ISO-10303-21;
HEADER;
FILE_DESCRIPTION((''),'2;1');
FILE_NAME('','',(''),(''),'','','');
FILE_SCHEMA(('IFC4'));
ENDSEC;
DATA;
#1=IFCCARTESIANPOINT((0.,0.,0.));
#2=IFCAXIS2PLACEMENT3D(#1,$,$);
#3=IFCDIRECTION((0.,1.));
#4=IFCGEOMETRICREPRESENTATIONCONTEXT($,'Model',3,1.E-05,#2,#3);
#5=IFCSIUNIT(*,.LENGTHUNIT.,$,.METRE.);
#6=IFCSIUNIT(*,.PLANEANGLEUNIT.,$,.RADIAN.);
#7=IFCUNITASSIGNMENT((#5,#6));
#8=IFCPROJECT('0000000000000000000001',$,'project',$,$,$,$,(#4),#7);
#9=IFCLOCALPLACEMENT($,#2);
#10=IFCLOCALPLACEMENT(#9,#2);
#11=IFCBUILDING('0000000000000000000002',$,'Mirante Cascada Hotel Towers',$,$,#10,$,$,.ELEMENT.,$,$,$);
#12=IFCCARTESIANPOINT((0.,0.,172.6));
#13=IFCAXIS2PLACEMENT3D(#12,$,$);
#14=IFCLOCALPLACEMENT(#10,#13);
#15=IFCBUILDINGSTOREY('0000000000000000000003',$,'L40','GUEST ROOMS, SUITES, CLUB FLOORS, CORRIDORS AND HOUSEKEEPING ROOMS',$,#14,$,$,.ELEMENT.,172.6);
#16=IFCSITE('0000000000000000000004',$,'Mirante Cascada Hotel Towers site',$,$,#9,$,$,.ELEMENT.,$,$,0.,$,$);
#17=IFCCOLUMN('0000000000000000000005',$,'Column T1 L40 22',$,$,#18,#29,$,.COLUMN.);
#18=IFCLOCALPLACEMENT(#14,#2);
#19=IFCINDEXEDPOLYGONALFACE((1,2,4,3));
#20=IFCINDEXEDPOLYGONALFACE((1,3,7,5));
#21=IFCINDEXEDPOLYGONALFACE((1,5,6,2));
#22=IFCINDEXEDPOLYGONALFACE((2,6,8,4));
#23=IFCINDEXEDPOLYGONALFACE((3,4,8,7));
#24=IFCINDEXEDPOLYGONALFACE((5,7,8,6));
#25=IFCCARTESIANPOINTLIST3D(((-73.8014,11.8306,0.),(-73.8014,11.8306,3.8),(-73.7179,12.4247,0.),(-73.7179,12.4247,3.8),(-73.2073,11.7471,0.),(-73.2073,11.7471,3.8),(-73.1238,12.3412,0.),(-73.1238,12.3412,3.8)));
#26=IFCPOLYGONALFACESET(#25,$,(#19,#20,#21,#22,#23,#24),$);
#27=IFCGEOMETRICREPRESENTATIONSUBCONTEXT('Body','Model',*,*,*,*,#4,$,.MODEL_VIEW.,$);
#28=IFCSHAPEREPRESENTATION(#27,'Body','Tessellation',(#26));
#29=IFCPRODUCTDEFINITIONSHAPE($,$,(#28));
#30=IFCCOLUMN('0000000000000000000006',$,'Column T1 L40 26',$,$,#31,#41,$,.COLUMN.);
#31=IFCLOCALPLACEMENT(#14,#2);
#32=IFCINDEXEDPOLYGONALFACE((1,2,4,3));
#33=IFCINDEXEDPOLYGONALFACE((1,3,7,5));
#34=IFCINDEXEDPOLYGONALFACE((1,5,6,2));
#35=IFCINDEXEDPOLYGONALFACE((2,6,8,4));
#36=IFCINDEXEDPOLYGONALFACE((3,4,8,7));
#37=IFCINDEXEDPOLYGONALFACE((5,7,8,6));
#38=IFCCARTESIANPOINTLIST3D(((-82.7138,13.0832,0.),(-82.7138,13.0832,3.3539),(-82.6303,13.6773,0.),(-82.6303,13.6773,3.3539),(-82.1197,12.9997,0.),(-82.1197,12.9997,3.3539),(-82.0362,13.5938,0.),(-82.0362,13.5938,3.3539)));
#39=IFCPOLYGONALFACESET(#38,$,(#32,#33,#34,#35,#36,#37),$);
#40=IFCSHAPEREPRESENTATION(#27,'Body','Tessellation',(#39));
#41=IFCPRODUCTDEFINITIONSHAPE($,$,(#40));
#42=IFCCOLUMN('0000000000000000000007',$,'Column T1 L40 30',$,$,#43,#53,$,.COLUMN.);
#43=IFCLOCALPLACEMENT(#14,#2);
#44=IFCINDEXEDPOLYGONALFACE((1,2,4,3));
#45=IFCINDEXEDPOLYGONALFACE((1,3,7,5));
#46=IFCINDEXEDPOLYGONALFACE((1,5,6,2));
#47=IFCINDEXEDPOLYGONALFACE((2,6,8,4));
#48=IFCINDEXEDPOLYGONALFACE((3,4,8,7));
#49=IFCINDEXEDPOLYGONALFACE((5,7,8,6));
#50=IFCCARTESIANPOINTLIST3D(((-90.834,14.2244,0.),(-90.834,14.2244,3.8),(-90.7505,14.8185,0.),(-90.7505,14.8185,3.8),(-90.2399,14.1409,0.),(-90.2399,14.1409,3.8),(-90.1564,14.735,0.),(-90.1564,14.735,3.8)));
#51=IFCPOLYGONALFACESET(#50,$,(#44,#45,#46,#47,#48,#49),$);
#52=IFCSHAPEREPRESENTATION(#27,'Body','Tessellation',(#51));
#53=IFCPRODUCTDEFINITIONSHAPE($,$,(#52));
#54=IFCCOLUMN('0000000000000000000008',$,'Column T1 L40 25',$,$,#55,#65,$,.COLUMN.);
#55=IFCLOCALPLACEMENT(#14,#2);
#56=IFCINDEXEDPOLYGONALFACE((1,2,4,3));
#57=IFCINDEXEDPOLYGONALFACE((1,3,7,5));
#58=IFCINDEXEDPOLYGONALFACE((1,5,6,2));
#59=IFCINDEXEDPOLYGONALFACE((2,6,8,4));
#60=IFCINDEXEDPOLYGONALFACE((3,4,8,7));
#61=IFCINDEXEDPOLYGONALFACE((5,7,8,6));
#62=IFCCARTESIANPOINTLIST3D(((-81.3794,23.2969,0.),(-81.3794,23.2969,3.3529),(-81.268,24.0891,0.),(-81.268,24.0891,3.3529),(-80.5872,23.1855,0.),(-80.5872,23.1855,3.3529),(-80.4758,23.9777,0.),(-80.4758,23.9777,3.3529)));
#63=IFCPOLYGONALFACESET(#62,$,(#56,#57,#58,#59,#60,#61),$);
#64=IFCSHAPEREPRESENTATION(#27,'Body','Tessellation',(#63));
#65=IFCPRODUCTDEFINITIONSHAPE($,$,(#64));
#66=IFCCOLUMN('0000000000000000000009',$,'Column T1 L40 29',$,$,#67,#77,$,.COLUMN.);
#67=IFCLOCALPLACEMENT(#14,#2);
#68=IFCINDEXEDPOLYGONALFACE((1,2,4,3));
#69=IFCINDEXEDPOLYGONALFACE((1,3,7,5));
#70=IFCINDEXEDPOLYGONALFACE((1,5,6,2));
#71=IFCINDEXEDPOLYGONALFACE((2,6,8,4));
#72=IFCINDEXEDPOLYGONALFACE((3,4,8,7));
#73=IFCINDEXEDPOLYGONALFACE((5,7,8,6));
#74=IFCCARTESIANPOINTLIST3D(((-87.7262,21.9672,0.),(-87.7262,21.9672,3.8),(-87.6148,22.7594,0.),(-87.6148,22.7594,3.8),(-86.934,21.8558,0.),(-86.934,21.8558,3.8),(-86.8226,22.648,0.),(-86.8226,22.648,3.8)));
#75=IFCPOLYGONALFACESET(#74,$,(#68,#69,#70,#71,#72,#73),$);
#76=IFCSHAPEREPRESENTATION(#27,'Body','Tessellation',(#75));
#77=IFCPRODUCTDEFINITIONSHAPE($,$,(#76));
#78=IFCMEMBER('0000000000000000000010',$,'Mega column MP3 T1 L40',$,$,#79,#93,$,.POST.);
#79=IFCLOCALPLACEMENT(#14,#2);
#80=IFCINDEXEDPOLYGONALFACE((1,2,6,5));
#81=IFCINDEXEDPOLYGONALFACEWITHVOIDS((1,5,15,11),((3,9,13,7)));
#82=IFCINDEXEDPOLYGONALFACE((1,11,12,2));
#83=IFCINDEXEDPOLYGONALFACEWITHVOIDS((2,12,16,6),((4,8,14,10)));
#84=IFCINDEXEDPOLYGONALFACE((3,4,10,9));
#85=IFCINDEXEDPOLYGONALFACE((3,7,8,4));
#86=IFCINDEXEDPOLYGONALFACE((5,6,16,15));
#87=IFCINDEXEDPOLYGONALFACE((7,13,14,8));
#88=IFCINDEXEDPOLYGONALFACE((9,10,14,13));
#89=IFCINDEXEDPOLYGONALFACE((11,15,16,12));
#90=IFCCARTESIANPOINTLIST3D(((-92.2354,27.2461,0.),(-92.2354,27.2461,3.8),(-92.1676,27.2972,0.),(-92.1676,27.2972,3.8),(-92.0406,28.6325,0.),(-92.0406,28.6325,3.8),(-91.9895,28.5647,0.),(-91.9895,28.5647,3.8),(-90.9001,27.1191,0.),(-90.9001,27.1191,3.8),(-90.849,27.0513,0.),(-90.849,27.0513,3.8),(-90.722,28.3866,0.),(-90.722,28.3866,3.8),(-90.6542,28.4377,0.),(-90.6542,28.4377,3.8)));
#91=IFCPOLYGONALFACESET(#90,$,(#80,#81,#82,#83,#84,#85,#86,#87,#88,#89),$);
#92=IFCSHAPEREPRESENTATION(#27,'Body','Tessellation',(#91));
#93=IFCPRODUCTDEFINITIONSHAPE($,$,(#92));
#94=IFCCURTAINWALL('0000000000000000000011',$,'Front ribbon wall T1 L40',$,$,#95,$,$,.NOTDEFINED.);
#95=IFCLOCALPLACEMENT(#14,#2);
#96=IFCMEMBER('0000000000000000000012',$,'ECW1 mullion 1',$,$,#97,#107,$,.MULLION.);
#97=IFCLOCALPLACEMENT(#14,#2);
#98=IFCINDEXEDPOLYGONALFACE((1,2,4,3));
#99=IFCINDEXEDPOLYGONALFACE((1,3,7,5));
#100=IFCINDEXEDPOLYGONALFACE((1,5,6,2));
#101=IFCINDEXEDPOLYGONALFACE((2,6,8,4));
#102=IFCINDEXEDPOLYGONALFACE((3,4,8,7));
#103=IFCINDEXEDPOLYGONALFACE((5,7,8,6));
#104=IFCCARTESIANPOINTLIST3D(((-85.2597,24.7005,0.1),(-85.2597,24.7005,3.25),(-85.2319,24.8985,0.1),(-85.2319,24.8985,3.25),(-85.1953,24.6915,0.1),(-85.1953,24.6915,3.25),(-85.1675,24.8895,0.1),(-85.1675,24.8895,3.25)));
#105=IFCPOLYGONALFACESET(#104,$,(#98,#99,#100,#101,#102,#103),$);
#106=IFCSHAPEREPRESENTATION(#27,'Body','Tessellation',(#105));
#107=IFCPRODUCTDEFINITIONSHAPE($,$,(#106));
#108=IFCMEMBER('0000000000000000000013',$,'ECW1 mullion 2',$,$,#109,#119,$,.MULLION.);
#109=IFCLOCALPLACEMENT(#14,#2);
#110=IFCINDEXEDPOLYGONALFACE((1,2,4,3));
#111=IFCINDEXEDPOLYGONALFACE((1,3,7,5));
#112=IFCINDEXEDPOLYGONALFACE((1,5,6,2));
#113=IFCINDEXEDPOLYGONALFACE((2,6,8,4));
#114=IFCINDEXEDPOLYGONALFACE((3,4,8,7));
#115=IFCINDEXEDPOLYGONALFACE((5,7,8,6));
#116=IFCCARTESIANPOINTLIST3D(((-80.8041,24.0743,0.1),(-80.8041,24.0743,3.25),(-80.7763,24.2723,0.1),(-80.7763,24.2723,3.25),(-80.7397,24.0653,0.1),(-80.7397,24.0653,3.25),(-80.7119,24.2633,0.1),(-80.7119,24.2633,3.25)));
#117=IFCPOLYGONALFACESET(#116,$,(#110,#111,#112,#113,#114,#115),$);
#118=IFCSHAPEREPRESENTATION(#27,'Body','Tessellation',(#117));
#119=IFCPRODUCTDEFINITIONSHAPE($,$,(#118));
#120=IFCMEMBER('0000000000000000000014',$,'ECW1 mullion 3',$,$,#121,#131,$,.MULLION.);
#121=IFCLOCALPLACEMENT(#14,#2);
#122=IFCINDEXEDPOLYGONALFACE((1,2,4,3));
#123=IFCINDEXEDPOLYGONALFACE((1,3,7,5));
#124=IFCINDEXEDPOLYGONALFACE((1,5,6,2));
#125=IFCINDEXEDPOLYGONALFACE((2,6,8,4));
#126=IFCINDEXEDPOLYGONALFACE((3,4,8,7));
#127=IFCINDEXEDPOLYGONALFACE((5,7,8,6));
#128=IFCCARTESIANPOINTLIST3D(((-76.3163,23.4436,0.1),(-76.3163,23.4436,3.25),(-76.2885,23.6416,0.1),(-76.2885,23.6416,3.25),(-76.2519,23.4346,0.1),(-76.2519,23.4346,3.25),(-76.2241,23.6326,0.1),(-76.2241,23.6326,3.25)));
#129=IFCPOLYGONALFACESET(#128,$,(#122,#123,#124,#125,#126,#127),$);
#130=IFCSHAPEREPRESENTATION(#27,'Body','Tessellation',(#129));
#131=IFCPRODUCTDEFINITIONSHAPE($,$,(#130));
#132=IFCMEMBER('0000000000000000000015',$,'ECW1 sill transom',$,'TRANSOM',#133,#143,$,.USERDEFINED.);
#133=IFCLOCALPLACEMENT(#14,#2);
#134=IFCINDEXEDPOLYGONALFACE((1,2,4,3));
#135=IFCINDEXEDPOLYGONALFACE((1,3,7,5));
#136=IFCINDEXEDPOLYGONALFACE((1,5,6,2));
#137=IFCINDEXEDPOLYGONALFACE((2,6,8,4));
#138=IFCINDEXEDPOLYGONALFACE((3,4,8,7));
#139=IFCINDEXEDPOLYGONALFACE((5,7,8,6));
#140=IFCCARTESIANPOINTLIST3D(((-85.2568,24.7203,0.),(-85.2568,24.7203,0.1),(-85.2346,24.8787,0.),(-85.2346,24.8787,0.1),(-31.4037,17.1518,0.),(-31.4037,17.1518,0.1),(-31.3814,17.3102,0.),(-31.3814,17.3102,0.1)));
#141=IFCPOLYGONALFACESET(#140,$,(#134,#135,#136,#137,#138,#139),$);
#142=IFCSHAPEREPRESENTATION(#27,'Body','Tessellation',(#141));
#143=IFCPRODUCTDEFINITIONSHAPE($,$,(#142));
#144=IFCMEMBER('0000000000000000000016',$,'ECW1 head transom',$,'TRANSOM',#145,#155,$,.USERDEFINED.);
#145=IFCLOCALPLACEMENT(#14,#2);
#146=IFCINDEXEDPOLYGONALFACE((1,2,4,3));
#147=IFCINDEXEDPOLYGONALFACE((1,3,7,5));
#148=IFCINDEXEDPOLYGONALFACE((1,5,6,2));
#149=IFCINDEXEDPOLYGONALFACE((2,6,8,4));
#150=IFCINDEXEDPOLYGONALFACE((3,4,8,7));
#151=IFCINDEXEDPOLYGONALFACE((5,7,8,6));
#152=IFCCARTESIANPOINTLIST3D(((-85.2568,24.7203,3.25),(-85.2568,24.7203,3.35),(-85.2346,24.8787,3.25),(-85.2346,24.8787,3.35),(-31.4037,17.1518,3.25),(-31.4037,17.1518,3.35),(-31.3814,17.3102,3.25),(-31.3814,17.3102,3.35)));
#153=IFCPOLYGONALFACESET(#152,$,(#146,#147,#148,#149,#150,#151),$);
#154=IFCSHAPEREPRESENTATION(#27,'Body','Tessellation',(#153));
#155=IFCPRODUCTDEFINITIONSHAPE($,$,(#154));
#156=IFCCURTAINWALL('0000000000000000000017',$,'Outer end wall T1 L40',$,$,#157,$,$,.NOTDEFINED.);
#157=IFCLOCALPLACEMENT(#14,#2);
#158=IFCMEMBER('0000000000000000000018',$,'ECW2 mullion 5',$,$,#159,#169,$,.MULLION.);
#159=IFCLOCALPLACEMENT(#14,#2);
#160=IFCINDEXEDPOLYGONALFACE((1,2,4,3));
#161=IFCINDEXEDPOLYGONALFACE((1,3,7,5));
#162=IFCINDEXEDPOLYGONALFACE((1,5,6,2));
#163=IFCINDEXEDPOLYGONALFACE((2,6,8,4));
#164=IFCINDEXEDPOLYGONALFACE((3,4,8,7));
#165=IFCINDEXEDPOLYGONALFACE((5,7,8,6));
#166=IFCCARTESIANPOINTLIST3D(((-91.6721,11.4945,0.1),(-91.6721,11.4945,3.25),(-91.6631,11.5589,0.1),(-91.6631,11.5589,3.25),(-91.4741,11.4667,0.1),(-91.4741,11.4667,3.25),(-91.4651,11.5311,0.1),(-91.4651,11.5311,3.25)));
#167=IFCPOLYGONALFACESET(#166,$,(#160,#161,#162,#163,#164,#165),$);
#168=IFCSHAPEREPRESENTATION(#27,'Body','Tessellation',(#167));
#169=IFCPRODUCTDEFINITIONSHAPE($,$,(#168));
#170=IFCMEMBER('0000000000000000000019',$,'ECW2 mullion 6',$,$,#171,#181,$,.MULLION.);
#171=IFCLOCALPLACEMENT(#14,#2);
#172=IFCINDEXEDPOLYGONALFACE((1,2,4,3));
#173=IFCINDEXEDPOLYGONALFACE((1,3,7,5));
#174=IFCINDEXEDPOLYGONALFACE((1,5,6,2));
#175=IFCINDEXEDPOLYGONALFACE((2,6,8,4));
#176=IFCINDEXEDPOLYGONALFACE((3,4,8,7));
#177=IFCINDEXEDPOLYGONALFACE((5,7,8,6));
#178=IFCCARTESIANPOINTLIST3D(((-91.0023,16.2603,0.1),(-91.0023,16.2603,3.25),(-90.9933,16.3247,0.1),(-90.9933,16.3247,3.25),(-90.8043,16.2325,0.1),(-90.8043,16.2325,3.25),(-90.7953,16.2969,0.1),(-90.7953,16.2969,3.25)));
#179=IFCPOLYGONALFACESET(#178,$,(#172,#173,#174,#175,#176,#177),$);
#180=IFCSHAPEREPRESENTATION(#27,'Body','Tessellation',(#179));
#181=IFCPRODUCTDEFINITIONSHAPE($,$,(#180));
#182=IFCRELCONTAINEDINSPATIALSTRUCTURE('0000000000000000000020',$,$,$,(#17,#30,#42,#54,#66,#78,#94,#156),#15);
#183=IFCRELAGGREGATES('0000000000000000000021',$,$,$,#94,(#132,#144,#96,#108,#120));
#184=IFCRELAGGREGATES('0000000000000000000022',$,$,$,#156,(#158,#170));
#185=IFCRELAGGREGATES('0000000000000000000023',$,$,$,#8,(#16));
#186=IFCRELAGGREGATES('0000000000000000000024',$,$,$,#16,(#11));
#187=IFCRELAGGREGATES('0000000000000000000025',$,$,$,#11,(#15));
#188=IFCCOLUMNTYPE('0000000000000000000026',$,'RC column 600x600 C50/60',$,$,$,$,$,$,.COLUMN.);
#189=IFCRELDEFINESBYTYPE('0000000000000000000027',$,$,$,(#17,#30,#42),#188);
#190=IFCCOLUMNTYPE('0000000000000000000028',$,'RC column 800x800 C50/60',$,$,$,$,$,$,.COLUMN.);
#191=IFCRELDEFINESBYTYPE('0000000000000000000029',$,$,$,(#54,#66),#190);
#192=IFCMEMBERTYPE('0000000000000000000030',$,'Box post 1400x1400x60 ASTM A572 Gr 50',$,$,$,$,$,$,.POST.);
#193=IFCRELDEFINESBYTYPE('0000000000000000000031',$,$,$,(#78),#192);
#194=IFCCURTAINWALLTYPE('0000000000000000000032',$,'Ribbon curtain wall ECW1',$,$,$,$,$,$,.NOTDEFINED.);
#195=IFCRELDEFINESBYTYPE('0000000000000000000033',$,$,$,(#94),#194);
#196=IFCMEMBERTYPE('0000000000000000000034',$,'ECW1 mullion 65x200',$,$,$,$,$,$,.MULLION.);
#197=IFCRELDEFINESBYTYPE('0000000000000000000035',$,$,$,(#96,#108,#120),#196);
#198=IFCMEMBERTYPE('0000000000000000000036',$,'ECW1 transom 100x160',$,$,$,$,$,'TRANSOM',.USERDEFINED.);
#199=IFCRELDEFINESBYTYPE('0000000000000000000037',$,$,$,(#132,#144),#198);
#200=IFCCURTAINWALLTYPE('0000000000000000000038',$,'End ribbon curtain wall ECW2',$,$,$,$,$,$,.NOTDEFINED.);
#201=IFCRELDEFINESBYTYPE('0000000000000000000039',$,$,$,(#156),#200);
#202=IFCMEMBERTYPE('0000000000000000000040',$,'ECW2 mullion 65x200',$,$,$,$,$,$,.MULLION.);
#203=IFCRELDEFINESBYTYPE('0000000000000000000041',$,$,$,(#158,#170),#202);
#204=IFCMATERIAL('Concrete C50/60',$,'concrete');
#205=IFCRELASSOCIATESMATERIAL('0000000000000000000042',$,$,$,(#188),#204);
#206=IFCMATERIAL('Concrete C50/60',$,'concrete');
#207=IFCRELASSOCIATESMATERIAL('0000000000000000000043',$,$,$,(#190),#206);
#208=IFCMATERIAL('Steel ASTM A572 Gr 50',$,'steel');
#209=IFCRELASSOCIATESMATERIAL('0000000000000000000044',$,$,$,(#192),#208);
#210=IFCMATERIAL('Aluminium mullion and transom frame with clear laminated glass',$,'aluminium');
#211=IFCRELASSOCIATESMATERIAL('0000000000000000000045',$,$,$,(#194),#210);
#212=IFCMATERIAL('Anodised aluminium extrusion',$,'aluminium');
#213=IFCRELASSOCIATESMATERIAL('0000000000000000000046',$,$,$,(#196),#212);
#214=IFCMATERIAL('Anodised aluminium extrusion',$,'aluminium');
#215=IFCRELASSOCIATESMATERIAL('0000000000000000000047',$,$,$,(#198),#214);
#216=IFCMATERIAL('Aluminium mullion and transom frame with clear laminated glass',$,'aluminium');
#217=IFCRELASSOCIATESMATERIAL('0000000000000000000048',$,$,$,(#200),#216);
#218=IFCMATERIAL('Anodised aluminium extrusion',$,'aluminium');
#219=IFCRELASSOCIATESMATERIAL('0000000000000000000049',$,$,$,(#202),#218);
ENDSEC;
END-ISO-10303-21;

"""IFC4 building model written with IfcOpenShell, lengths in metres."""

from ifc_helpers import new_model, si_unit, direction, frame, origin, origin_2d, place, context, subcontext, project, spatial, rectangle, hollow_rectangle, extrude, material, material_profile, profile_set, type_object, element, aggregate, save


model = new_model("IFC4")

# Units and contexts
model_context = context("Model", 3, precision=1e-05, world=origin(), true_north=direction((0.0, 1.0)))
body_context = subcontext(model_context, "Body", "Model", "MODEL_VIEW")
ifc_project = project(units=[si_unit("LENGTHUNIT", "METRE"), si_unit("PLANEANGLEUNIT", "RADIAN")], contexts=[model_context])

# Site, building, storey
site_placement = place(None, origin())
site = spatial("IfcSite", under=ifc_project, at=site_placement, Name="Mirante Cascada Hotel Towers site", CompositionType="ELEMENT", RefElevation=0.0)
building_placement = place(site_placement, origin())
building = spatial("IfcBuilding", under=site, at=building_placement, Name="Mirante Cascada Hotel Towers", CompositionType="ELEMENT")
storey_placement = place(building_placement, frame((0.0, 0.0, 172.6)))
storey = spatial("IfcBuildingStorey", under=building, at=storey_placement, Name="L40", Description="GUEST ROOMS, SUITES, CLUB FLOORS, CORRIDORS AND HOUSEKEEPING ROOMS", CompositionType="ELEMENT", Elevation=172.6)

# Columns
ifc_material_1 = material(Name="Concrete C50/60", Category="concrete")
ifc_material_profile_1 = material_profile(ifc_material_1, rectangle(XDim=0.6, YDim=0.6, at=origin_2d()), Name="RC column 600x600 C50/60")
ifc_profile_set_1 = profile_set([ifc_material_profile_1], Name="Concrete C50/60")
column_type_1 = type_object("IfcColumnType", Name="RC column 600x600 C50/60", PredefinedType="COLUMN", material=ifc_profile_set_1)
column_1_placement = place(storey_placement, frame((-73.4626, 12.0859, 0.0), z_axis=(0.0, 0.0, 1.0), x_axis=(-0.990268, 0.139173, 0.0)))
element("IfcColumn", 1, at=column_1_placement, inside=storey, type_object=column_type_1, Name="Column T1 L40 22", PredefinedType="COLUMN", context=body_context, shape_type="SweptSolid", body=[
    extrude(rectangle(XDim=0.6, YDim=0.6, at=origin_2d()), origin(), (0.0, 0.0, 1.0), 3.8),
])
column_2_placement = place(storey_placement, frame((-82.375, 13.3385, 0.0), z_axis=(0.0, 0.0, 1.0), x_axis=(-0.990268, 0.139173, 0.0)))
element("IfcColumn", 2, at=column_2_placement, inside=storey, type_object=column_type_1, Name="Column T1 L40 26", PredefinedType="COLUMN", context=body_context, shape_type="SweptSolid", body=[
    extrude(rectangle(XDim=0.6, YDim=0.6, at=origin_2d()), origin(), (0.0, 0.0, 1.0), 3.3539),
])
column_3_placement = place(storey_placement, frame((-90.4952, 14.4797, 0.0), z_axis=(0.0, 0.0, 1.0), x_axis=(-0.990268, 0.139173, 0.0)))
element("IfcColumn", 3, at=column_3_placement, inside=storey, type_object=column_type_1, Name="Column T1 L40 30", PredefinedType="COLUMN", context=body_context, shape_type="SweptSolid", body=[
    extrude(rectangle(XDim=0.6, YDim=0.6, at=origin_2d()), origin(), (0.0, 0.0, 1.0), 3.8),
])
ifc_material_2 = material(Name="Concrete C50/60", Category="concrete")
ifc_material_profile_2 = material_profile(ifc_material_2, rectangle(XDim=0.8, YDim=0.8, at=origin_2d()), Name="RC column 800x800 C50/60")
ifc_profile_set_2 = profile_set([ifc_material_profile_2], Name="Concrete C50/60")
column_type_2 = type_object("IfcColumnType", Name="RC column 800x800 C50/60", PredefinedType="COLUMN", material=ifc_profile_set_2)
column_4_placement = place(storey_placement, frame((-80.9276, 23.6373, 0.0), z_axis=(0.0, 0.0, 1.0), x_axis=(-0.990268, 0.139173, 0.0)))
element("IfcColumn", 4, at=column_4_placement, inside=storey, type_object=column_type_2, Name="Column T1 L40 25", PredefinedType="COLUMN", context=body_context, shape_type="SweptSolid", body=[
    extrude(rectangle(XDim=0.8, YDim=0.8, at=origin_2d()), origin(), (0.0, 0.0, 1.0), 3.3529),
])
column_5_placement = place(storey_placement, frame((-87.2744, 22.3076, 0.0), z_axis=(0.0, 0.0, 1.0), x_axis=(-0.990268, 0.139173, 0.0)))
element("IfcColumn", 5, at=column_5_placement, inside=storey, type_object=column_type_2, Name="Column T1 L40 29", PredefinedType="COLUMN", context=body_context, shape_type="SweptSolid", body=[
    extrude(rectangle(XDim=0.8, YDim=0.8, at=origin_2d()), origin(), (0.0, 0.0, 1.0), 3.8),
])

# Member
ifc_material_3 = material(Name="Steel ASTM A572 Gr 50", Category="steel")
ifc_material_profile_3 = material_profile(ifc_material_3, hollow_rectangle(XDim=1.4, YDim=1.4, WallThickness=0.06, at=origin_2d()), Name="Box post 1400x1400x60 ASTM A572 Gr 50")
ifc_profile_set_3 = profile_set([ifc_material_profile_3], Name="Steel ASTM A572 Gr 50")
member_type_1 = type_object("IfcMemberType", Name="Box post 1400x1400x60 ASTM A572 Gr 50", PredefinedType="POST", material=ifc_profile_set_3)
member_1_placement = place(storey_placement, frame((-91.4448, 27.8419, 0.0), z_axis=(0.0, 0.0, 1.0), x_axis=(-0.990268, 0.139173, 0.0)))
element("IfcMember", 6, at=member_1_placement, inside=storey, type_object=member_type_1, Name="Mega column MP3 T1 L40", PredefinedType="POST", context=body_context, shape_type="SweptSolid", body=[
    extrude(hollow_rectangle(XDim=1.4, YDim=1.4, WallThickness=0.06, at=origin_2d()), origin(), (0.0, 0.0, 1.0), 3.8),
])

# Curtain walls, members
ifc_material_4 = material(Name="Aluminium mullion and transom frame with clear laminated glass", Category="aluminium")
curtain_wall_type_1 = type_object("IfcCurtainWallType", Name="Ribbon curtain wall ECW1", PredefinedType="NOTDEFINED", material=ifc_material_4)
curtain_wall_1_placement = place(storey_placement, origin())
curtain_wall_1 = element("IfcCurtainWall", 7, at=curtain_wall_1_placement, inside=storey, type_object=curtain_wall_type_1, Name="Front ribbon wall T1 L40", PredefinedType="NOTDEFINED")
ifc_material_5 = material(Name="Anodised aluminium extrusion", Category="aluminium")
ifc_material_profile_4 = material_profile(ifc_material_5, rectangle(XDim=0.2, YDim=0.065, at=origin_2d()), Name="ECW1 MULLION 65x200")
ifc_profile_set_4 = profile_set([ifc_material_profile_4], Name="Anodised aluminium extrusion")
member_type_2 = type_object("IfcMemberType", Name="ECW1 mullion 65x200", PredefinedType="MULLION", material=ifc_profile_set_4)
member_2_placement = place(storey_placement, frame((-85.2136, 24.795, 0.1), z_axis=(0.0, 0.0, 1.0), x_axis=(0.139173, 0.990268, 0.0)))
member_2 = element("IfcMember", 8, at=member_2_placement, type_object=member_type_2, Name="ECW1 mullion 1", PredefinedType="MULLION", context=body_context, shape_type="SweptSolid", body=[
    extrude(rectangle(XDim=0.2, YDim=0.065, at=origin_2d()), origin(), (0.0, 0.0, 1.0), 3.15),
])
member_3_placement = place(storey_placement, frame((-80.758, 24.1688, 0.1), z_axis=(0.0, 0.0, 1.0), x_axis=(0.139173, 0.990268, 0.0)))
member_3 = element("IfcMember", 9, at=member_3_placement, type_object=member_type_2, Name="ECW1 mullion 2", PredefinedType="MULLION", context=body_context, shape_type="SweptSolid", body=[
    extrude(rectangle(XDim=0.2, YDim=0.065, at=origin_2d()), origin(), (0.0, 0.0, 1.0), 3.15),
])
member_4_placement = place(storey_placement, frame((-76.2702, 23.5381, 0.1), z_axis=(0.0, 0.0, 1.0), x_axis=(0.139173, 0.990268, 0.0)))
member_4 = element("IfcMember", 10, at=member_4_placement, type_object=member_type_2, Name="ECW1 mullion 3", PredefinedType="MULLION", context=body_context, shape_type="SweptSolid", body=[
    extrude(rectangle(XDim=0.2, YDim=0.065, at=origin_2d()), origin(), (0.0, 0.0, 1.0), 3.15),
])
ifc_material_6 = material(Name="Anodised aluminium extrusion", Category="aluminium")
ifc_material_profile_5 = material_profile(ifc_material_6, rectangle(XDim=0.16, YDim=0.1, at=origin_2d()), Name="ECW1 TRANSOM 100x160")
ifc_profile_set_5 = profile_set([ifc_material_profile_5], Name="Anodised aluminium extrusion")
member_type_3 = type_object("IfcMemberType", Name="ECW1 transom 100x160", ElementType="TRANSOM", PredefinedType="USERDEFINED", material=ifc_profile_set_5)
member_5_placement = place(storey_placement, frame((-85.2457, 24.7995, 0.05), z_axis=(0.990268, -0.139172, 0.0), x_axis=(0.139172, 0.990268, 0.0)))
member_5 = element("IfcMember", 11, at=member_5_placement, type_object=member_type_3, Name="ECW1 sill transom", ObjectType="TRANSOM", PredefinedType="USERDEFINED", context=body_context, shape_type="SweptSolid", body=[
    extrude(rectangle(XDim=0.16, YDim=0.1, at=origin_2d()), origin(), (0.0, 0.0, 1.0), 54.3824),
])
member_6_placement = place(storey_placement, frame((-85.2457, 24.7995, 3.3), z_axis=(0.990268, -0.139172, 0.0), x_axis=(0.139172, 0.990268, 0.0)))
member_6 = element("IfcMember", 12, at=member_6_placement, type_object=member_type_3, Name="ECW1 head transom", ObjectType="TRANSOM", PredefinedType="USERDEFINED", context=body_context, shape_type="SweptSolid", body=[
    extrude(rectangle(XDim=0.16, YDim=0.1, at=origin_2d()), origin(), (0.0, 0.0, 1.0), 54.3824),
])
ifc_material_7 = material(Name="Aluminium mullion and transom frame with clear laminated glass", Category="aluminium")
curtain_wall_type_2 = type_object("IfcCurtainWallType", Name="End ribbon curtain wall ECW2", PredefinedType="NOTDEFINED", material=ifc_material_7)
curtain_wall_2_placement = place(storey_placement, origin())
curtain_wall_2 = element("IfcCurtainWall", 13, at=curtain_wall_2_placement, inside=storey, type_object=curtain_wall_type_2, Name="Outer end wall T1 L40", PredefinedType="NOTDEFINED")
ifc_material_8 = material(Name="Anodised aluminium extrusion", Category="aluminium")
ifc_material_profile_6 = material_profile(ifc_material_8, rectangle(XDim=0.2, YDim=0.065, at=origin_2d()), Name="ECW2 MULLION 65x200")
ifc_profile_set_6 = profile_set([ifc_material_profile_6], Name="Anodised aluminium extrusion")
member_type_4 = type_object("IfcMemberType", Name="ECW2 mullion 65x200", PredefinedType="MULLION", material=ifc_profile_set_6)
member_7_placement = place(storey_placement, frame((-91.5686, 11.5128, 0.1), z_axis=(0.0, 0.0, 1.0), x_axis=(-0.990268, 0.139173, 0.0)))
member_7 = element("IfcMember", 14, at=member_7_placement, type_object=member_type_4, Name="ECW2 mullion 5", PredefinedType="MULLION", context=body_context, shape_type="SweptSolid", body=[
    extrude(rectangle(XDim=0.2, YDim=0.065, at=origin_2d()), origin(), (0.0, 0.0, 1.0), 3.15),
])
member_8_placement = place(storey_placement, frame((-90.8988, 16.2786, 0.1), z_axis=(0.0, 0.0, 1.0), x_axis=(-0.990268, 0.139173, 0.0)))
member_8 = element("IfcMember", 15, at=member_8_placement, type_object=member_type_4, Name="ECW2 mullion 6", PredefinedType="MULLION", context=body_context, shape_type="SweptSolid", body=[
    extrude(rectangle(XDim=0.2, YDim=0.065, at=origin_2d()), origin(), (0.0, 0.0, 1.0), 3.15),
])

aggregate(curtain_wall_1, [member_5, member_6, member_2, member_3, member_4])
aggregate(curtain_wall_2, [member_7, member_8])

save(model, "model.ifc")
